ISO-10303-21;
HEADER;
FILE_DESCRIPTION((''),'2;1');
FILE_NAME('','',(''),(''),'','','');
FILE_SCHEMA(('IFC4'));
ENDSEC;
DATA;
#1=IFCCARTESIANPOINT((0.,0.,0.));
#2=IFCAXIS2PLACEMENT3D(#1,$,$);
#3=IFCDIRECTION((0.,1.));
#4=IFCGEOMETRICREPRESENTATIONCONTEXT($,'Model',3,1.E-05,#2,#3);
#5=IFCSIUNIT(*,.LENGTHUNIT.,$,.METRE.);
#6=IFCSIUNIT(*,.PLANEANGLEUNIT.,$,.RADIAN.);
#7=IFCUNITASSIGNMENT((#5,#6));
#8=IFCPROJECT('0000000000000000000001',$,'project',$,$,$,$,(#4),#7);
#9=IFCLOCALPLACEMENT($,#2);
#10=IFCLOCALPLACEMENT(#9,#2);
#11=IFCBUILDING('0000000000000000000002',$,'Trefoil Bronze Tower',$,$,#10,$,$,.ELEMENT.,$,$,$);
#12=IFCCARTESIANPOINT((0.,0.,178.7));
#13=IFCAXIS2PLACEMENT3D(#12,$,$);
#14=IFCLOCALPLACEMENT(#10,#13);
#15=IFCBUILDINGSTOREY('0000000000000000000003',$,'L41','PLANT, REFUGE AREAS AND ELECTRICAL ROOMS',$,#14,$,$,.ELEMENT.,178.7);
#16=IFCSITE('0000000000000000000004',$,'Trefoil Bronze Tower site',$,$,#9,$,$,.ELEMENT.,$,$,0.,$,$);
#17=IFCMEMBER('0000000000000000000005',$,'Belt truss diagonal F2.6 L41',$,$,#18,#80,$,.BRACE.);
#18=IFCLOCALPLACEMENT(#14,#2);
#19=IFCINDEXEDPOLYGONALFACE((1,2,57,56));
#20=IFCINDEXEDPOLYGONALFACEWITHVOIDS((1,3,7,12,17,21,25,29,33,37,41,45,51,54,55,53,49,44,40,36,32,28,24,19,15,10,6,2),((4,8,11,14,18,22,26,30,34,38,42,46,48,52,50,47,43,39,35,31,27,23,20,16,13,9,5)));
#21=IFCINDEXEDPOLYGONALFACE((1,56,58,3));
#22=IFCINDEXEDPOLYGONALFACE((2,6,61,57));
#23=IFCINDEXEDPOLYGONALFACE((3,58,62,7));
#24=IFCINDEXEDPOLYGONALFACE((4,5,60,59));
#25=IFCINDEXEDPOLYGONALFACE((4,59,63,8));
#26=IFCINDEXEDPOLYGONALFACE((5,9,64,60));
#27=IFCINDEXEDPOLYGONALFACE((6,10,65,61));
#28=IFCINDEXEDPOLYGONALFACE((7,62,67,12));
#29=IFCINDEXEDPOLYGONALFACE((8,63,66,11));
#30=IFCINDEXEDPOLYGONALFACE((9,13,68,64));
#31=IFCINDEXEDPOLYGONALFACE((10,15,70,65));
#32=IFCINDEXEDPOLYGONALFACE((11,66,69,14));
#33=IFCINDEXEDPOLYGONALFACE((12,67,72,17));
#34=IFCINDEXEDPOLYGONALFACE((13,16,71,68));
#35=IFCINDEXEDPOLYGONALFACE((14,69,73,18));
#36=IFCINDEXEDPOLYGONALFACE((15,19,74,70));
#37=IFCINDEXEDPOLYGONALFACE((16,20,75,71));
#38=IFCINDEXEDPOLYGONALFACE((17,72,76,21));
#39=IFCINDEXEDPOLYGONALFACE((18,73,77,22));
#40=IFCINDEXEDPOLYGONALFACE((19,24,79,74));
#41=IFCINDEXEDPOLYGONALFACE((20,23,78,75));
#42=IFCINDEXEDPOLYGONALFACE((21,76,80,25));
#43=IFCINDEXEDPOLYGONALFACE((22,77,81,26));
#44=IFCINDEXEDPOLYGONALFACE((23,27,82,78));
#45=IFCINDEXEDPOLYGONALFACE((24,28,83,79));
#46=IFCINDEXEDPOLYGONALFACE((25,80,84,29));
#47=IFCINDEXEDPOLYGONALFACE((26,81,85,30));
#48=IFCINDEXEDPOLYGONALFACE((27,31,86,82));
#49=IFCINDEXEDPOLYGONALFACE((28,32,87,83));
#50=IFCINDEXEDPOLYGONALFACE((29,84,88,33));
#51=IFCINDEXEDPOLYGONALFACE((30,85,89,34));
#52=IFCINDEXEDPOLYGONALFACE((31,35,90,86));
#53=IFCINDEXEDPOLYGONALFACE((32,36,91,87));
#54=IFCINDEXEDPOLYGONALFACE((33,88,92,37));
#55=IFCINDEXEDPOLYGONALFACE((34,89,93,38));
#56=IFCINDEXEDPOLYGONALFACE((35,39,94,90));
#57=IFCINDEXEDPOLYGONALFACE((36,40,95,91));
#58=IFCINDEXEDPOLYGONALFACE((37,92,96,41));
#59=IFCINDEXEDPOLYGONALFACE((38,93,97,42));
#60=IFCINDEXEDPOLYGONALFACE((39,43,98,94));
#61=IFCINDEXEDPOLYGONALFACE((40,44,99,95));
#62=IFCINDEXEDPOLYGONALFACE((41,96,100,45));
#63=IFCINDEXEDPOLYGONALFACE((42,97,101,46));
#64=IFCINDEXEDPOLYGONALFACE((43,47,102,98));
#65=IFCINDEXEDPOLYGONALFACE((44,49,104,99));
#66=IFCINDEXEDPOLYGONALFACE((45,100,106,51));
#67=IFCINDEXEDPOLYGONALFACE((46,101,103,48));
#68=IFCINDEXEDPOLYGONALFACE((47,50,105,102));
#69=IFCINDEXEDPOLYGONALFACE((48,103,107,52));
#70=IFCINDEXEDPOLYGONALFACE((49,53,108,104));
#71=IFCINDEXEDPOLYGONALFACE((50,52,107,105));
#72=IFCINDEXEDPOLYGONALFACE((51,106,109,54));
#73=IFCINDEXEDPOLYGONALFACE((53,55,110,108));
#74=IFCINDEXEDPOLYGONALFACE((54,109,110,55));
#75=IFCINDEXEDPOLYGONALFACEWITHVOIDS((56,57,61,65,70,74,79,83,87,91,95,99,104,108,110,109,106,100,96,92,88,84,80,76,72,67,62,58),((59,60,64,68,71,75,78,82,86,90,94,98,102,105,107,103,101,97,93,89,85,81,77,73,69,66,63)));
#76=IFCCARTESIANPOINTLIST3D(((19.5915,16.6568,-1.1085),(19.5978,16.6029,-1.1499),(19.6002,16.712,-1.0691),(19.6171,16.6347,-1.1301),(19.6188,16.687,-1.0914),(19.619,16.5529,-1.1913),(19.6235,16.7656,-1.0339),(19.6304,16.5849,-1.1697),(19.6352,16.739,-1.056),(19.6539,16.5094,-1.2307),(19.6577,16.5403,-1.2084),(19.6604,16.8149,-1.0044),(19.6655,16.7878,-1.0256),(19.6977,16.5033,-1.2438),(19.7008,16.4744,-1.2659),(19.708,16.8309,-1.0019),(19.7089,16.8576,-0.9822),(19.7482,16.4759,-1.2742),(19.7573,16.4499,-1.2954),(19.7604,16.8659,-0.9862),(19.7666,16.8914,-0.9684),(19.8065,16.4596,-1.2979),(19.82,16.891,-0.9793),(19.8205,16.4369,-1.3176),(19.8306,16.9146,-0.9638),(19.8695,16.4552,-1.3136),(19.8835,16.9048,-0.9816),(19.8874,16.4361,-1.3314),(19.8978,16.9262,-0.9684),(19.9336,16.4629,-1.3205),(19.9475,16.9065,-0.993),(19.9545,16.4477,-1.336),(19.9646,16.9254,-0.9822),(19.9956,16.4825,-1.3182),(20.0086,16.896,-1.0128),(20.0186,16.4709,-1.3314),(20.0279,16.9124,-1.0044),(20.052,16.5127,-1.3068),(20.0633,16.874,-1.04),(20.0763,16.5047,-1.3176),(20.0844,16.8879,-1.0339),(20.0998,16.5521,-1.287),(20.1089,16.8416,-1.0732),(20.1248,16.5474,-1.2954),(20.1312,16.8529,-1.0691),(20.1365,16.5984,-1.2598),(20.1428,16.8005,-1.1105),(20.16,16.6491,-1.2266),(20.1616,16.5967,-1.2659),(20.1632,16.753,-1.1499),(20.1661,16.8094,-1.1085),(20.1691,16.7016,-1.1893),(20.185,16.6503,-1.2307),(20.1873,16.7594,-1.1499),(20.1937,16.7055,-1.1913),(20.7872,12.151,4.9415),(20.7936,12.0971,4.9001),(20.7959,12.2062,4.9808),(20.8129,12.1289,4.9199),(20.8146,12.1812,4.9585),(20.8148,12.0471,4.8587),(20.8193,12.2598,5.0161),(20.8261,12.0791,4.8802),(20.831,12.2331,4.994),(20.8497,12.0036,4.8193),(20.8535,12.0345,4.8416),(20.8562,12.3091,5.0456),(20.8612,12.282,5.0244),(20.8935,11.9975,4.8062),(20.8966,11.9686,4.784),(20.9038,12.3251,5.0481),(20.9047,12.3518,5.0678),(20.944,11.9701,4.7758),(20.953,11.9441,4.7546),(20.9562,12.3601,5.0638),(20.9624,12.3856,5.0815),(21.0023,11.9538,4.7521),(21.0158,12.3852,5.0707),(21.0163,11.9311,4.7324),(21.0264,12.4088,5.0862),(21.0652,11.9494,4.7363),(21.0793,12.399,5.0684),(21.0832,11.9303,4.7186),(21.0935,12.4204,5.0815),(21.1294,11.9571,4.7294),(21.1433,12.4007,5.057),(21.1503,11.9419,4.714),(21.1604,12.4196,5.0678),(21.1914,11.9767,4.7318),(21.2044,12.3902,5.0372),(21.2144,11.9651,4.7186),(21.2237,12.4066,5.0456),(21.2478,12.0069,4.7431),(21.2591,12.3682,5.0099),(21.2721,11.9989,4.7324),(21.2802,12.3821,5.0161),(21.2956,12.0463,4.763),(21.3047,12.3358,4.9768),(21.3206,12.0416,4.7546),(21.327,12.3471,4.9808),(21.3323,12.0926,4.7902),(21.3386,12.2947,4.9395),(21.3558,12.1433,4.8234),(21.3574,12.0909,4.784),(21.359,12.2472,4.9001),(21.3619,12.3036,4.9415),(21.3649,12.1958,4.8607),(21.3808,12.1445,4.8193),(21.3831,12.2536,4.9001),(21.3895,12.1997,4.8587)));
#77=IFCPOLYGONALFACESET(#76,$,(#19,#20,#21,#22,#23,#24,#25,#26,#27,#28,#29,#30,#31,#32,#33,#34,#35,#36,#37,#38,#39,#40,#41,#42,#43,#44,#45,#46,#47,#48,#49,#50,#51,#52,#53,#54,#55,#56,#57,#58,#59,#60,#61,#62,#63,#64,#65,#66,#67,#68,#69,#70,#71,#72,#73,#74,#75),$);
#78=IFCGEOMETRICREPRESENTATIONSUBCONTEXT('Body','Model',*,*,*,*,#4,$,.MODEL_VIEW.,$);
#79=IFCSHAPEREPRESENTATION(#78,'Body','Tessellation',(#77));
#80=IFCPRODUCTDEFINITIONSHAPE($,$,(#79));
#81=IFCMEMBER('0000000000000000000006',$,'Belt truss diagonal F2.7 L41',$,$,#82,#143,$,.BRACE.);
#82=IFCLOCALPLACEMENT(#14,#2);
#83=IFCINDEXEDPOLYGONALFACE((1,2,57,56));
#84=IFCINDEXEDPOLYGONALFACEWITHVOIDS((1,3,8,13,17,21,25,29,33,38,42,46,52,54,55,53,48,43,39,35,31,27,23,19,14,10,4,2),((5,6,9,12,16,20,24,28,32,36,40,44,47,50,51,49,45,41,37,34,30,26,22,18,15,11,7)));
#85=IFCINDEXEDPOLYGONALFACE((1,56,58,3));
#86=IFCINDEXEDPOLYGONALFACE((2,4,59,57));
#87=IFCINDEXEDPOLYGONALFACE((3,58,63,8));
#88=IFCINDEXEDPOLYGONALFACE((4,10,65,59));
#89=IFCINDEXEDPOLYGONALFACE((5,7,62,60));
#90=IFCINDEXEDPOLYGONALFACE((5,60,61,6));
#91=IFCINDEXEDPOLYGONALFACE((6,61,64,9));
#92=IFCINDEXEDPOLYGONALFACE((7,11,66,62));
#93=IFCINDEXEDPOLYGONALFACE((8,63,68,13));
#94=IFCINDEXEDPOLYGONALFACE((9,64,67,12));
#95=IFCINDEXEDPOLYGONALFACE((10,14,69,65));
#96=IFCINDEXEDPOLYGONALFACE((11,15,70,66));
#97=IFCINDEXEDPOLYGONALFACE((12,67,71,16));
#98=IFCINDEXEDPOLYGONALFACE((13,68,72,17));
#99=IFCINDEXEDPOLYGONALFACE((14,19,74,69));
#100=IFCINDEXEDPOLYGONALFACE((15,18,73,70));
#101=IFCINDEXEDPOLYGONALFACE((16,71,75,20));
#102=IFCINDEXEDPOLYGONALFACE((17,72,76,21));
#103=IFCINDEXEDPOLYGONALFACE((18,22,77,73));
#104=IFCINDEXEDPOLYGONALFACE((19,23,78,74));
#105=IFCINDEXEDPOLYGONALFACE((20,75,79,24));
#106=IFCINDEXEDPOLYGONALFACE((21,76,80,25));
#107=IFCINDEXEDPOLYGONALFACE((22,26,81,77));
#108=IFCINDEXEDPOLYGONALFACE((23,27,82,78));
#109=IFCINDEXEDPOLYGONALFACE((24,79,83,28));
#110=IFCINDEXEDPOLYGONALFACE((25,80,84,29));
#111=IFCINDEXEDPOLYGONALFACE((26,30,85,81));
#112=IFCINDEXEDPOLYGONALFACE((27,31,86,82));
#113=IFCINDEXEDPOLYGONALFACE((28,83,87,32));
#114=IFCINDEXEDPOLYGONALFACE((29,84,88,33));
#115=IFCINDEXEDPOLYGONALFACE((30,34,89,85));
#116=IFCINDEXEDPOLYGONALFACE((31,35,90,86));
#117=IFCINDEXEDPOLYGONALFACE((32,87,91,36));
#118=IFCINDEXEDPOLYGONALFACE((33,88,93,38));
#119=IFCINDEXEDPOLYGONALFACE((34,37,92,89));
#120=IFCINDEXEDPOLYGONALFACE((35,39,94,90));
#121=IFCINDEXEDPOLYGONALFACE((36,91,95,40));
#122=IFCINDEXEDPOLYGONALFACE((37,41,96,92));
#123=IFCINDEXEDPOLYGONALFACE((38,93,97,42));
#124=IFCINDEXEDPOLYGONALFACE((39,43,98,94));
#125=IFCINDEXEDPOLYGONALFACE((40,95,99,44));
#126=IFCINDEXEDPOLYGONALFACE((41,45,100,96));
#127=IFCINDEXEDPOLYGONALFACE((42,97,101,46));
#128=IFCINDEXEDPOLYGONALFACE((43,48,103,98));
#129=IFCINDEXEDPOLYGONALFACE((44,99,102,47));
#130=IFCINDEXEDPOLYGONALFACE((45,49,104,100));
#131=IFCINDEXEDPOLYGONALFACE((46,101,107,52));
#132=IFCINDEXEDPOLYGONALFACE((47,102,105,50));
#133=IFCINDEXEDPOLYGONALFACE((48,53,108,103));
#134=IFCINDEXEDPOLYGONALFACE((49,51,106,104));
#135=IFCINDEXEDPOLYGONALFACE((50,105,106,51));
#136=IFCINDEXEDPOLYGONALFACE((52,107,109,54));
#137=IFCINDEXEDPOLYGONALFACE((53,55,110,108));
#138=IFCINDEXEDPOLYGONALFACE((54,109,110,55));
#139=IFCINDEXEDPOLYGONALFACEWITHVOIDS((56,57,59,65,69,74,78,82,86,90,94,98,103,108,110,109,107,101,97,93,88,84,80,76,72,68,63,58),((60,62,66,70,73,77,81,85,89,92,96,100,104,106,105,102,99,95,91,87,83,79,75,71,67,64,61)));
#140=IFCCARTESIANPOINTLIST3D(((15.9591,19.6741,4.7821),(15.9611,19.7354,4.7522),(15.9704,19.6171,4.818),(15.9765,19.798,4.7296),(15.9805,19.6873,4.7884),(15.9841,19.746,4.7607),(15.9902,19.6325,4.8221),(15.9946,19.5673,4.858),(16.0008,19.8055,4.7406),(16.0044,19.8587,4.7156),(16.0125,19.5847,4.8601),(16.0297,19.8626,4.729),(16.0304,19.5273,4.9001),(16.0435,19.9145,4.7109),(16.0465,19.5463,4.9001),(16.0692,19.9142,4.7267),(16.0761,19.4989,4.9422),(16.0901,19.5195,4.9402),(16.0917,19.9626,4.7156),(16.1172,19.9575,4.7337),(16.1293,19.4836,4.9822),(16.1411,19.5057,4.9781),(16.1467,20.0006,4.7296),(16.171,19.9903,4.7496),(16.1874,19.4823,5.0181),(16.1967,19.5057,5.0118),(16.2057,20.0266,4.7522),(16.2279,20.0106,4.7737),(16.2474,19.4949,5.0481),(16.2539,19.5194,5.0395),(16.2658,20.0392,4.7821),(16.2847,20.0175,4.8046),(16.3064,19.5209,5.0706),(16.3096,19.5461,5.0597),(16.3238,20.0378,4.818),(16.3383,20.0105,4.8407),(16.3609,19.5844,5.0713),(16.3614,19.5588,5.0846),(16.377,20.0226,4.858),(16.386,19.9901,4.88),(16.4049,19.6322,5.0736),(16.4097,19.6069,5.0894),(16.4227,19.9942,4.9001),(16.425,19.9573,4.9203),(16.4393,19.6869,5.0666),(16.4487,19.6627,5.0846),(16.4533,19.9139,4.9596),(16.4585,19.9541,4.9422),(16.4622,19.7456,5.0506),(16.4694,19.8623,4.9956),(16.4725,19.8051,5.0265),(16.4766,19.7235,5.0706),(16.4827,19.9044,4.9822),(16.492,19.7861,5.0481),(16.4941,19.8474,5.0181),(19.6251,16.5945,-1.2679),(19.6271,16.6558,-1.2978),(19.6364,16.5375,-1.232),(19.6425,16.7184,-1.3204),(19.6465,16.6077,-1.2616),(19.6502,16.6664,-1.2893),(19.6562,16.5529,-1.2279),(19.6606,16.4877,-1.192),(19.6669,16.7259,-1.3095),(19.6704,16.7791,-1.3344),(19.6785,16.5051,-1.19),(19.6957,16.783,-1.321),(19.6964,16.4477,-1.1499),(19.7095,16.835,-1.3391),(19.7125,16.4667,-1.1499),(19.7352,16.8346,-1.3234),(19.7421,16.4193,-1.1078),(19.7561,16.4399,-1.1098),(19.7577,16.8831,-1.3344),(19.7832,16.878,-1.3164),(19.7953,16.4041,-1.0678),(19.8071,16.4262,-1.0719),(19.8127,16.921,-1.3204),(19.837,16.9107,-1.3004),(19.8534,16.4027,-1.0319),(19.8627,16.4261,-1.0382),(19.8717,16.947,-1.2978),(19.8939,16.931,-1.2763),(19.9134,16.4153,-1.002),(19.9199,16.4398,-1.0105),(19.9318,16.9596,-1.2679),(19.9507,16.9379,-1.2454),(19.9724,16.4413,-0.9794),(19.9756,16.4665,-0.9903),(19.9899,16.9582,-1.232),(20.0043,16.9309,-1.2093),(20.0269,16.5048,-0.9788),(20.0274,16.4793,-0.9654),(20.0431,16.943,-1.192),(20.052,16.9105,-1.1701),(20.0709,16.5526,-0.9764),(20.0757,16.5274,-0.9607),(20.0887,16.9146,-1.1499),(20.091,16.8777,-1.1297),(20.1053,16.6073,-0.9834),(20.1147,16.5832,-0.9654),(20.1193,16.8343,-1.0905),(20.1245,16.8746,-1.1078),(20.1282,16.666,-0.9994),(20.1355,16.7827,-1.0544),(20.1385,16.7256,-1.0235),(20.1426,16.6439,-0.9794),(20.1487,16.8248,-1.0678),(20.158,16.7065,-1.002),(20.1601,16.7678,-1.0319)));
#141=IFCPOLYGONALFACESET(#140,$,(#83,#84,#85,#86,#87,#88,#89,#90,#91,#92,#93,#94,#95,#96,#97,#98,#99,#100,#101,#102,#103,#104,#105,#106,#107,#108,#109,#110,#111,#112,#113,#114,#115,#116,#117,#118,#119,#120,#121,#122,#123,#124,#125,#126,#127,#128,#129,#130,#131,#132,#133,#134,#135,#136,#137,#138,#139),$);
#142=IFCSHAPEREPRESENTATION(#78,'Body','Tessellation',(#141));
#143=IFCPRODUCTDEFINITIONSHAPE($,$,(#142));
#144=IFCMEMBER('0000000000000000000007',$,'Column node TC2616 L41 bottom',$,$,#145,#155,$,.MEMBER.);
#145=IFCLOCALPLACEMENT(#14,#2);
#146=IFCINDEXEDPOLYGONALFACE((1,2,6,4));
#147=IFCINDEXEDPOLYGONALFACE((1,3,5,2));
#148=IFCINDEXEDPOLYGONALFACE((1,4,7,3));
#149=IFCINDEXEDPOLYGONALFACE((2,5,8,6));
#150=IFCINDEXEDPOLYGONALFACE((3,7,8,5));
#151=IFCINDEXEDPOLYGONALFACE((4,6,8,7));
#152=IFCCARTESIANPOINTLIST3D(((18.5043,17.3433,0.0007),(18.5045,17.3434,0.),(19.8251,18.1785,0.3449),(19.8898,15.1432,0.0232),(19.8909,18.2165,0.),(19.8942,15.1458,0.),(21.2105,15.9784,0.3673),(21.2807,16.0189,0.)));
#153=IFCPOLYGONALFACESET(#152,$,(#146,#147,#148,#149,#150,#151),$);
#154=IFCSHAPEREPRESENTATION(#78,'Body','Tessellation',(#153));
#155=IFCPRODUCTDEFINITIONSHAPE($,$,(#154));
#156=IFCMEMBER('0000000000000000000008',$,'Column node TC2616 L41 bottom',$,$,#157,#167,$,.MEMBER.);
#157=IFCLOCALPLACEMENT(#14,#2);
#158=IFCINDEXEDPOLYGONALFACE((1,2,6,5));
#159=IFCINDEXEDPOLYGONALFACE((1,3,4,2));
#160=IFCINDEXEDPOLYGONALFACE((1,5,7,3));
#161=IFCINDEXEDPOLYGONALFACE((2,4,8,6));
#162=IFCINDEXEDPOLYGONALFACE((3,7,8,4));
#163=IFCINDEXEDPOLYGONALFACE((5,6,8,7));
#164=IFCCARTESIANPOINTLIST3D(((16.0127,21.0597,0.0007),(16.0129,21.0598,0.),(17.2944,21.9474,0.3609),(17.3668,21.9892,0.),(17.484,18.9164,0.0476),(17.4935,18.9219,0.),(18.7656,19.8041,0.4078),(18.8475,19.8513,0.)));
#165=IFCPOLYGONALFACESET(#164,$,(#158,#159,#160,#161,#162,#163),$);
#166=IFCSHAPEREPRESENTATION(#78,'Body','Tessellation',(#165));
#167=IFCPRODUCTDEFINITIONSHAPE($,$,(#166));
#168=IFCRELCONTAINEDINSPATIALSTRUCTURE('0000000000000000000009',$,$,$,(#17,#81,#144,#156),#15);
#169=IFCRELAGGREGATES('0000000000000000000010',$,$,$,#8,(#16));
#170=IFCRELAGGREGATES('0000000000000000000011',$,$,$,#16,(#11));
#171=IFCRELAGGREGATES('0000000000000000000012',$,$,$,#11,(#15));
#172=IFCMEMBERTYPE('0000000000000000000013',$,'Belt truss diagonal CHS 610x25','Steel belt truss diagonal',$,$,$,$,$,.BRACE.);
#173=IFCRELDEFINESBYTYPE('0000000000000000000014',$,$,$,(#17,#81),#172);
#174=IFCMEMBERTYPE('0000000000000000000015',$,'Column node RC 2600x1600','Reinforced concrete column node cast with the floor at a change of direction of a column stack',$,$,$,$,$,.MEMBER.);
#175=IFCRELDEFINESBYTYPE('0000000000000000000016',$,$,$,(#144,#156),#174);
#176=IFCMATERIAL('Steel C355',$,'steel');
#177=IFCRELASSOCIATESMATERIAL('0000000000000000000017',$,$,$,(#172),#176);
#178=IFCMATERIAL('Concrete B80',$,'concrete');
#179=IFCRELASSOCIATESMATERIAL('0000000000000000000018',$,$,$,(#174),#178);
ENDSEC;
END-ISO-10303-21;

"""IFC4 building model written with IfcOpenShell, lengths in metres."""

from ifc_helpers import new_model, si_unit, direction, frame, origin, origin_2d, place, context, subcontext, project, spatial, rectangle, hollow_circle, extrude, clip, halfspace, material, material_profile, profile_set, type_object, element, save


model = new_model("IFC4")

# Units and contexts
model_context = context("Model", 3, precision=1e-05, world=origin(), true_north=direction((0.0, 1.0)))
body_context = subcontext(model_context, "Body", "Model", "MODEL_VIEW")
ifc_project = project(units=[si_unit("LENGTHUNIT", "METRE"), si_unit("PLANEANGLEUNIT", "RADIAN")], contexts=[model_context])

# Site, building, storey
site_placement = place(None, origin())
site = spatial("IfcSite", under=ifc_project, at=site_placement, Name="Trefoil Bronze Tower site", CompositionType="ELEMENT", RefElevation=0.0)
building_placement = place(site_placement, origin())
building = spatial("IfcBuilding", under=site, at=building_placement, Name="Trefoil Bronze Tower", CompositionType="ELEMENT")
storey_placement = place(building_placement, frame((0.0, 0.0, 178.7)))
storey = spatial("IfcBuildingStorey", under=building, at=storey_placement, Name="L41", Description="PLANT, REFUGE AREAS AND ELECTRICAL ROOMS", CompositionType="ELEMENT", Elevation=178.7)

# Members
ifc_material_1 = material(Name="Steel C355", Category="steel")
ifc_material_profile_1 = material_profile(ifc_material_1, hollow_circle(Radius=0.3049, WallThickness=0.0249, at=origin_2d()), Name="CHS 610x25")
ifc_profile_set_1 = profile_set([ifc_material_profile_1], Name="Steel C355")
member_type_1 = type_object("IfcMemberType", Name="Belt truss diagonal CHS 610x25", Description="Steel belt truss diagonal", PredefinedType="BRACE", material=ifc_profile_set_1)
member_1_placement = place(storey_placement, frame((19.8926, 16.6812, -1.1499), z_axis=(0.156564, -0.589943, 0.792121), x_axis=(0.966542, 0.256509, 0.0)))
element("IfcMember", 1, at=member_1_placement, inside=storey, type_object=member_type_1, Name="Belt truss diagonal F2.6 L41", PredefinedType="BRACE", context=body_context, shape_type="SweptSolid", body=[
    extrude(hollow_circle(Radius=0.3049, WallThickness=0.0249, at=origin_2d()), origin(), (0.0, 0.0, 1.0), 7.6377),
])
member_2_placement = place(storey_placement, frame((19.8926, 16.6812, -1.1499), z_axis=(-0.475159, 0.399151, 0.784157), x_axis=(-0.643209, -0.765691, 0.0)))
element("IfcMember", 2, at=member_2_placement, inside=storey, type_object=member_type_1, Name="Belt truss diagonal F2.7 L41", PredefinedType="BRACE", context=body_context, shape_type="SweptSolid", body=[
    extrude(hollow_circle(Radius=0.3049, WallThickness=0.0249, at=origin_2d()), origin(), (0.0, 0.0, 1.0), 7.7153),
])
ifc_material_2 = material(Name="Concrete B80", Category="concrete")
ifc_material_profile_2 = material_profile(ifc_material_2, rectangle(XDim=2.6001, YDim=1.6001, at=origin_2d()), Name="RC 2600x1600")
ifc_profile_set_2 = profile_set([ifc_material_profile_2], Name="Concrete B80")
member_type_2 = type_object("IfcMemberType", Name="Column node RC 2600x1600", Description="Reinforced concrete column node cast with the floor at a change of direction of a column stack", PredefinedType="MEMBER", material=ifc_profile_set_2)
member_3_placement = place(storey_placement, frame((19.9277, 16.7014, -0.1841), z_axis=(-0.186504, -0.107499, 0.976555), x_axis=(-0.532855, 0.846163, -0.00862)))
element("IfcMember", 3, at=member_3_placement, inside=storey, type_object=member_type_2, Name="Column node TC2616 L41 bottom", PredefinedType="MEMBER", context=body_context, shape_type="Clipping", body=[
    clip(extrude(rectangle(XDim=2.6001, YDim=1.6001, at=origin_2d()), origin(), (0.0, 0.0, 1.0), 0.377), halfspace(frame((0.0, 0.0, 0.1885), z_axis=(-0.00862, -0.215094, 0.976555), x_axis=(0.0, 0.976592, 0.215102)), True)),
])
member_4_placement = place(storey_placement, frame((17.4712, 20.4792, -0.2043), z_axis=(-0.195534, -0.112897, 0.974177), x_axis=(-0.565834, 0.824322, -0.018042)))
element("IfcMember", 4, at=member_4_placement, inside=storey, type_object=member_type_2, Name="Column node TC2616 L41 bottom", PredefinedType="MEMBER", context=body_context, shape_type="Clipping", body=[
    clip(extrude(rectangle(XDim=2.6001, YDim=1.6001, at=origin_2d()), origin(), (0.0, 0.0, 1.0), 0.4194), halfspace(frame((0.0, 0.0, 0.2097), z_axis=(-0.018042, -0.225064, 0.974177), x_axis=(0.0, 0.974336, 0.225101)), True)),
])

save(model, "model.ifc")
